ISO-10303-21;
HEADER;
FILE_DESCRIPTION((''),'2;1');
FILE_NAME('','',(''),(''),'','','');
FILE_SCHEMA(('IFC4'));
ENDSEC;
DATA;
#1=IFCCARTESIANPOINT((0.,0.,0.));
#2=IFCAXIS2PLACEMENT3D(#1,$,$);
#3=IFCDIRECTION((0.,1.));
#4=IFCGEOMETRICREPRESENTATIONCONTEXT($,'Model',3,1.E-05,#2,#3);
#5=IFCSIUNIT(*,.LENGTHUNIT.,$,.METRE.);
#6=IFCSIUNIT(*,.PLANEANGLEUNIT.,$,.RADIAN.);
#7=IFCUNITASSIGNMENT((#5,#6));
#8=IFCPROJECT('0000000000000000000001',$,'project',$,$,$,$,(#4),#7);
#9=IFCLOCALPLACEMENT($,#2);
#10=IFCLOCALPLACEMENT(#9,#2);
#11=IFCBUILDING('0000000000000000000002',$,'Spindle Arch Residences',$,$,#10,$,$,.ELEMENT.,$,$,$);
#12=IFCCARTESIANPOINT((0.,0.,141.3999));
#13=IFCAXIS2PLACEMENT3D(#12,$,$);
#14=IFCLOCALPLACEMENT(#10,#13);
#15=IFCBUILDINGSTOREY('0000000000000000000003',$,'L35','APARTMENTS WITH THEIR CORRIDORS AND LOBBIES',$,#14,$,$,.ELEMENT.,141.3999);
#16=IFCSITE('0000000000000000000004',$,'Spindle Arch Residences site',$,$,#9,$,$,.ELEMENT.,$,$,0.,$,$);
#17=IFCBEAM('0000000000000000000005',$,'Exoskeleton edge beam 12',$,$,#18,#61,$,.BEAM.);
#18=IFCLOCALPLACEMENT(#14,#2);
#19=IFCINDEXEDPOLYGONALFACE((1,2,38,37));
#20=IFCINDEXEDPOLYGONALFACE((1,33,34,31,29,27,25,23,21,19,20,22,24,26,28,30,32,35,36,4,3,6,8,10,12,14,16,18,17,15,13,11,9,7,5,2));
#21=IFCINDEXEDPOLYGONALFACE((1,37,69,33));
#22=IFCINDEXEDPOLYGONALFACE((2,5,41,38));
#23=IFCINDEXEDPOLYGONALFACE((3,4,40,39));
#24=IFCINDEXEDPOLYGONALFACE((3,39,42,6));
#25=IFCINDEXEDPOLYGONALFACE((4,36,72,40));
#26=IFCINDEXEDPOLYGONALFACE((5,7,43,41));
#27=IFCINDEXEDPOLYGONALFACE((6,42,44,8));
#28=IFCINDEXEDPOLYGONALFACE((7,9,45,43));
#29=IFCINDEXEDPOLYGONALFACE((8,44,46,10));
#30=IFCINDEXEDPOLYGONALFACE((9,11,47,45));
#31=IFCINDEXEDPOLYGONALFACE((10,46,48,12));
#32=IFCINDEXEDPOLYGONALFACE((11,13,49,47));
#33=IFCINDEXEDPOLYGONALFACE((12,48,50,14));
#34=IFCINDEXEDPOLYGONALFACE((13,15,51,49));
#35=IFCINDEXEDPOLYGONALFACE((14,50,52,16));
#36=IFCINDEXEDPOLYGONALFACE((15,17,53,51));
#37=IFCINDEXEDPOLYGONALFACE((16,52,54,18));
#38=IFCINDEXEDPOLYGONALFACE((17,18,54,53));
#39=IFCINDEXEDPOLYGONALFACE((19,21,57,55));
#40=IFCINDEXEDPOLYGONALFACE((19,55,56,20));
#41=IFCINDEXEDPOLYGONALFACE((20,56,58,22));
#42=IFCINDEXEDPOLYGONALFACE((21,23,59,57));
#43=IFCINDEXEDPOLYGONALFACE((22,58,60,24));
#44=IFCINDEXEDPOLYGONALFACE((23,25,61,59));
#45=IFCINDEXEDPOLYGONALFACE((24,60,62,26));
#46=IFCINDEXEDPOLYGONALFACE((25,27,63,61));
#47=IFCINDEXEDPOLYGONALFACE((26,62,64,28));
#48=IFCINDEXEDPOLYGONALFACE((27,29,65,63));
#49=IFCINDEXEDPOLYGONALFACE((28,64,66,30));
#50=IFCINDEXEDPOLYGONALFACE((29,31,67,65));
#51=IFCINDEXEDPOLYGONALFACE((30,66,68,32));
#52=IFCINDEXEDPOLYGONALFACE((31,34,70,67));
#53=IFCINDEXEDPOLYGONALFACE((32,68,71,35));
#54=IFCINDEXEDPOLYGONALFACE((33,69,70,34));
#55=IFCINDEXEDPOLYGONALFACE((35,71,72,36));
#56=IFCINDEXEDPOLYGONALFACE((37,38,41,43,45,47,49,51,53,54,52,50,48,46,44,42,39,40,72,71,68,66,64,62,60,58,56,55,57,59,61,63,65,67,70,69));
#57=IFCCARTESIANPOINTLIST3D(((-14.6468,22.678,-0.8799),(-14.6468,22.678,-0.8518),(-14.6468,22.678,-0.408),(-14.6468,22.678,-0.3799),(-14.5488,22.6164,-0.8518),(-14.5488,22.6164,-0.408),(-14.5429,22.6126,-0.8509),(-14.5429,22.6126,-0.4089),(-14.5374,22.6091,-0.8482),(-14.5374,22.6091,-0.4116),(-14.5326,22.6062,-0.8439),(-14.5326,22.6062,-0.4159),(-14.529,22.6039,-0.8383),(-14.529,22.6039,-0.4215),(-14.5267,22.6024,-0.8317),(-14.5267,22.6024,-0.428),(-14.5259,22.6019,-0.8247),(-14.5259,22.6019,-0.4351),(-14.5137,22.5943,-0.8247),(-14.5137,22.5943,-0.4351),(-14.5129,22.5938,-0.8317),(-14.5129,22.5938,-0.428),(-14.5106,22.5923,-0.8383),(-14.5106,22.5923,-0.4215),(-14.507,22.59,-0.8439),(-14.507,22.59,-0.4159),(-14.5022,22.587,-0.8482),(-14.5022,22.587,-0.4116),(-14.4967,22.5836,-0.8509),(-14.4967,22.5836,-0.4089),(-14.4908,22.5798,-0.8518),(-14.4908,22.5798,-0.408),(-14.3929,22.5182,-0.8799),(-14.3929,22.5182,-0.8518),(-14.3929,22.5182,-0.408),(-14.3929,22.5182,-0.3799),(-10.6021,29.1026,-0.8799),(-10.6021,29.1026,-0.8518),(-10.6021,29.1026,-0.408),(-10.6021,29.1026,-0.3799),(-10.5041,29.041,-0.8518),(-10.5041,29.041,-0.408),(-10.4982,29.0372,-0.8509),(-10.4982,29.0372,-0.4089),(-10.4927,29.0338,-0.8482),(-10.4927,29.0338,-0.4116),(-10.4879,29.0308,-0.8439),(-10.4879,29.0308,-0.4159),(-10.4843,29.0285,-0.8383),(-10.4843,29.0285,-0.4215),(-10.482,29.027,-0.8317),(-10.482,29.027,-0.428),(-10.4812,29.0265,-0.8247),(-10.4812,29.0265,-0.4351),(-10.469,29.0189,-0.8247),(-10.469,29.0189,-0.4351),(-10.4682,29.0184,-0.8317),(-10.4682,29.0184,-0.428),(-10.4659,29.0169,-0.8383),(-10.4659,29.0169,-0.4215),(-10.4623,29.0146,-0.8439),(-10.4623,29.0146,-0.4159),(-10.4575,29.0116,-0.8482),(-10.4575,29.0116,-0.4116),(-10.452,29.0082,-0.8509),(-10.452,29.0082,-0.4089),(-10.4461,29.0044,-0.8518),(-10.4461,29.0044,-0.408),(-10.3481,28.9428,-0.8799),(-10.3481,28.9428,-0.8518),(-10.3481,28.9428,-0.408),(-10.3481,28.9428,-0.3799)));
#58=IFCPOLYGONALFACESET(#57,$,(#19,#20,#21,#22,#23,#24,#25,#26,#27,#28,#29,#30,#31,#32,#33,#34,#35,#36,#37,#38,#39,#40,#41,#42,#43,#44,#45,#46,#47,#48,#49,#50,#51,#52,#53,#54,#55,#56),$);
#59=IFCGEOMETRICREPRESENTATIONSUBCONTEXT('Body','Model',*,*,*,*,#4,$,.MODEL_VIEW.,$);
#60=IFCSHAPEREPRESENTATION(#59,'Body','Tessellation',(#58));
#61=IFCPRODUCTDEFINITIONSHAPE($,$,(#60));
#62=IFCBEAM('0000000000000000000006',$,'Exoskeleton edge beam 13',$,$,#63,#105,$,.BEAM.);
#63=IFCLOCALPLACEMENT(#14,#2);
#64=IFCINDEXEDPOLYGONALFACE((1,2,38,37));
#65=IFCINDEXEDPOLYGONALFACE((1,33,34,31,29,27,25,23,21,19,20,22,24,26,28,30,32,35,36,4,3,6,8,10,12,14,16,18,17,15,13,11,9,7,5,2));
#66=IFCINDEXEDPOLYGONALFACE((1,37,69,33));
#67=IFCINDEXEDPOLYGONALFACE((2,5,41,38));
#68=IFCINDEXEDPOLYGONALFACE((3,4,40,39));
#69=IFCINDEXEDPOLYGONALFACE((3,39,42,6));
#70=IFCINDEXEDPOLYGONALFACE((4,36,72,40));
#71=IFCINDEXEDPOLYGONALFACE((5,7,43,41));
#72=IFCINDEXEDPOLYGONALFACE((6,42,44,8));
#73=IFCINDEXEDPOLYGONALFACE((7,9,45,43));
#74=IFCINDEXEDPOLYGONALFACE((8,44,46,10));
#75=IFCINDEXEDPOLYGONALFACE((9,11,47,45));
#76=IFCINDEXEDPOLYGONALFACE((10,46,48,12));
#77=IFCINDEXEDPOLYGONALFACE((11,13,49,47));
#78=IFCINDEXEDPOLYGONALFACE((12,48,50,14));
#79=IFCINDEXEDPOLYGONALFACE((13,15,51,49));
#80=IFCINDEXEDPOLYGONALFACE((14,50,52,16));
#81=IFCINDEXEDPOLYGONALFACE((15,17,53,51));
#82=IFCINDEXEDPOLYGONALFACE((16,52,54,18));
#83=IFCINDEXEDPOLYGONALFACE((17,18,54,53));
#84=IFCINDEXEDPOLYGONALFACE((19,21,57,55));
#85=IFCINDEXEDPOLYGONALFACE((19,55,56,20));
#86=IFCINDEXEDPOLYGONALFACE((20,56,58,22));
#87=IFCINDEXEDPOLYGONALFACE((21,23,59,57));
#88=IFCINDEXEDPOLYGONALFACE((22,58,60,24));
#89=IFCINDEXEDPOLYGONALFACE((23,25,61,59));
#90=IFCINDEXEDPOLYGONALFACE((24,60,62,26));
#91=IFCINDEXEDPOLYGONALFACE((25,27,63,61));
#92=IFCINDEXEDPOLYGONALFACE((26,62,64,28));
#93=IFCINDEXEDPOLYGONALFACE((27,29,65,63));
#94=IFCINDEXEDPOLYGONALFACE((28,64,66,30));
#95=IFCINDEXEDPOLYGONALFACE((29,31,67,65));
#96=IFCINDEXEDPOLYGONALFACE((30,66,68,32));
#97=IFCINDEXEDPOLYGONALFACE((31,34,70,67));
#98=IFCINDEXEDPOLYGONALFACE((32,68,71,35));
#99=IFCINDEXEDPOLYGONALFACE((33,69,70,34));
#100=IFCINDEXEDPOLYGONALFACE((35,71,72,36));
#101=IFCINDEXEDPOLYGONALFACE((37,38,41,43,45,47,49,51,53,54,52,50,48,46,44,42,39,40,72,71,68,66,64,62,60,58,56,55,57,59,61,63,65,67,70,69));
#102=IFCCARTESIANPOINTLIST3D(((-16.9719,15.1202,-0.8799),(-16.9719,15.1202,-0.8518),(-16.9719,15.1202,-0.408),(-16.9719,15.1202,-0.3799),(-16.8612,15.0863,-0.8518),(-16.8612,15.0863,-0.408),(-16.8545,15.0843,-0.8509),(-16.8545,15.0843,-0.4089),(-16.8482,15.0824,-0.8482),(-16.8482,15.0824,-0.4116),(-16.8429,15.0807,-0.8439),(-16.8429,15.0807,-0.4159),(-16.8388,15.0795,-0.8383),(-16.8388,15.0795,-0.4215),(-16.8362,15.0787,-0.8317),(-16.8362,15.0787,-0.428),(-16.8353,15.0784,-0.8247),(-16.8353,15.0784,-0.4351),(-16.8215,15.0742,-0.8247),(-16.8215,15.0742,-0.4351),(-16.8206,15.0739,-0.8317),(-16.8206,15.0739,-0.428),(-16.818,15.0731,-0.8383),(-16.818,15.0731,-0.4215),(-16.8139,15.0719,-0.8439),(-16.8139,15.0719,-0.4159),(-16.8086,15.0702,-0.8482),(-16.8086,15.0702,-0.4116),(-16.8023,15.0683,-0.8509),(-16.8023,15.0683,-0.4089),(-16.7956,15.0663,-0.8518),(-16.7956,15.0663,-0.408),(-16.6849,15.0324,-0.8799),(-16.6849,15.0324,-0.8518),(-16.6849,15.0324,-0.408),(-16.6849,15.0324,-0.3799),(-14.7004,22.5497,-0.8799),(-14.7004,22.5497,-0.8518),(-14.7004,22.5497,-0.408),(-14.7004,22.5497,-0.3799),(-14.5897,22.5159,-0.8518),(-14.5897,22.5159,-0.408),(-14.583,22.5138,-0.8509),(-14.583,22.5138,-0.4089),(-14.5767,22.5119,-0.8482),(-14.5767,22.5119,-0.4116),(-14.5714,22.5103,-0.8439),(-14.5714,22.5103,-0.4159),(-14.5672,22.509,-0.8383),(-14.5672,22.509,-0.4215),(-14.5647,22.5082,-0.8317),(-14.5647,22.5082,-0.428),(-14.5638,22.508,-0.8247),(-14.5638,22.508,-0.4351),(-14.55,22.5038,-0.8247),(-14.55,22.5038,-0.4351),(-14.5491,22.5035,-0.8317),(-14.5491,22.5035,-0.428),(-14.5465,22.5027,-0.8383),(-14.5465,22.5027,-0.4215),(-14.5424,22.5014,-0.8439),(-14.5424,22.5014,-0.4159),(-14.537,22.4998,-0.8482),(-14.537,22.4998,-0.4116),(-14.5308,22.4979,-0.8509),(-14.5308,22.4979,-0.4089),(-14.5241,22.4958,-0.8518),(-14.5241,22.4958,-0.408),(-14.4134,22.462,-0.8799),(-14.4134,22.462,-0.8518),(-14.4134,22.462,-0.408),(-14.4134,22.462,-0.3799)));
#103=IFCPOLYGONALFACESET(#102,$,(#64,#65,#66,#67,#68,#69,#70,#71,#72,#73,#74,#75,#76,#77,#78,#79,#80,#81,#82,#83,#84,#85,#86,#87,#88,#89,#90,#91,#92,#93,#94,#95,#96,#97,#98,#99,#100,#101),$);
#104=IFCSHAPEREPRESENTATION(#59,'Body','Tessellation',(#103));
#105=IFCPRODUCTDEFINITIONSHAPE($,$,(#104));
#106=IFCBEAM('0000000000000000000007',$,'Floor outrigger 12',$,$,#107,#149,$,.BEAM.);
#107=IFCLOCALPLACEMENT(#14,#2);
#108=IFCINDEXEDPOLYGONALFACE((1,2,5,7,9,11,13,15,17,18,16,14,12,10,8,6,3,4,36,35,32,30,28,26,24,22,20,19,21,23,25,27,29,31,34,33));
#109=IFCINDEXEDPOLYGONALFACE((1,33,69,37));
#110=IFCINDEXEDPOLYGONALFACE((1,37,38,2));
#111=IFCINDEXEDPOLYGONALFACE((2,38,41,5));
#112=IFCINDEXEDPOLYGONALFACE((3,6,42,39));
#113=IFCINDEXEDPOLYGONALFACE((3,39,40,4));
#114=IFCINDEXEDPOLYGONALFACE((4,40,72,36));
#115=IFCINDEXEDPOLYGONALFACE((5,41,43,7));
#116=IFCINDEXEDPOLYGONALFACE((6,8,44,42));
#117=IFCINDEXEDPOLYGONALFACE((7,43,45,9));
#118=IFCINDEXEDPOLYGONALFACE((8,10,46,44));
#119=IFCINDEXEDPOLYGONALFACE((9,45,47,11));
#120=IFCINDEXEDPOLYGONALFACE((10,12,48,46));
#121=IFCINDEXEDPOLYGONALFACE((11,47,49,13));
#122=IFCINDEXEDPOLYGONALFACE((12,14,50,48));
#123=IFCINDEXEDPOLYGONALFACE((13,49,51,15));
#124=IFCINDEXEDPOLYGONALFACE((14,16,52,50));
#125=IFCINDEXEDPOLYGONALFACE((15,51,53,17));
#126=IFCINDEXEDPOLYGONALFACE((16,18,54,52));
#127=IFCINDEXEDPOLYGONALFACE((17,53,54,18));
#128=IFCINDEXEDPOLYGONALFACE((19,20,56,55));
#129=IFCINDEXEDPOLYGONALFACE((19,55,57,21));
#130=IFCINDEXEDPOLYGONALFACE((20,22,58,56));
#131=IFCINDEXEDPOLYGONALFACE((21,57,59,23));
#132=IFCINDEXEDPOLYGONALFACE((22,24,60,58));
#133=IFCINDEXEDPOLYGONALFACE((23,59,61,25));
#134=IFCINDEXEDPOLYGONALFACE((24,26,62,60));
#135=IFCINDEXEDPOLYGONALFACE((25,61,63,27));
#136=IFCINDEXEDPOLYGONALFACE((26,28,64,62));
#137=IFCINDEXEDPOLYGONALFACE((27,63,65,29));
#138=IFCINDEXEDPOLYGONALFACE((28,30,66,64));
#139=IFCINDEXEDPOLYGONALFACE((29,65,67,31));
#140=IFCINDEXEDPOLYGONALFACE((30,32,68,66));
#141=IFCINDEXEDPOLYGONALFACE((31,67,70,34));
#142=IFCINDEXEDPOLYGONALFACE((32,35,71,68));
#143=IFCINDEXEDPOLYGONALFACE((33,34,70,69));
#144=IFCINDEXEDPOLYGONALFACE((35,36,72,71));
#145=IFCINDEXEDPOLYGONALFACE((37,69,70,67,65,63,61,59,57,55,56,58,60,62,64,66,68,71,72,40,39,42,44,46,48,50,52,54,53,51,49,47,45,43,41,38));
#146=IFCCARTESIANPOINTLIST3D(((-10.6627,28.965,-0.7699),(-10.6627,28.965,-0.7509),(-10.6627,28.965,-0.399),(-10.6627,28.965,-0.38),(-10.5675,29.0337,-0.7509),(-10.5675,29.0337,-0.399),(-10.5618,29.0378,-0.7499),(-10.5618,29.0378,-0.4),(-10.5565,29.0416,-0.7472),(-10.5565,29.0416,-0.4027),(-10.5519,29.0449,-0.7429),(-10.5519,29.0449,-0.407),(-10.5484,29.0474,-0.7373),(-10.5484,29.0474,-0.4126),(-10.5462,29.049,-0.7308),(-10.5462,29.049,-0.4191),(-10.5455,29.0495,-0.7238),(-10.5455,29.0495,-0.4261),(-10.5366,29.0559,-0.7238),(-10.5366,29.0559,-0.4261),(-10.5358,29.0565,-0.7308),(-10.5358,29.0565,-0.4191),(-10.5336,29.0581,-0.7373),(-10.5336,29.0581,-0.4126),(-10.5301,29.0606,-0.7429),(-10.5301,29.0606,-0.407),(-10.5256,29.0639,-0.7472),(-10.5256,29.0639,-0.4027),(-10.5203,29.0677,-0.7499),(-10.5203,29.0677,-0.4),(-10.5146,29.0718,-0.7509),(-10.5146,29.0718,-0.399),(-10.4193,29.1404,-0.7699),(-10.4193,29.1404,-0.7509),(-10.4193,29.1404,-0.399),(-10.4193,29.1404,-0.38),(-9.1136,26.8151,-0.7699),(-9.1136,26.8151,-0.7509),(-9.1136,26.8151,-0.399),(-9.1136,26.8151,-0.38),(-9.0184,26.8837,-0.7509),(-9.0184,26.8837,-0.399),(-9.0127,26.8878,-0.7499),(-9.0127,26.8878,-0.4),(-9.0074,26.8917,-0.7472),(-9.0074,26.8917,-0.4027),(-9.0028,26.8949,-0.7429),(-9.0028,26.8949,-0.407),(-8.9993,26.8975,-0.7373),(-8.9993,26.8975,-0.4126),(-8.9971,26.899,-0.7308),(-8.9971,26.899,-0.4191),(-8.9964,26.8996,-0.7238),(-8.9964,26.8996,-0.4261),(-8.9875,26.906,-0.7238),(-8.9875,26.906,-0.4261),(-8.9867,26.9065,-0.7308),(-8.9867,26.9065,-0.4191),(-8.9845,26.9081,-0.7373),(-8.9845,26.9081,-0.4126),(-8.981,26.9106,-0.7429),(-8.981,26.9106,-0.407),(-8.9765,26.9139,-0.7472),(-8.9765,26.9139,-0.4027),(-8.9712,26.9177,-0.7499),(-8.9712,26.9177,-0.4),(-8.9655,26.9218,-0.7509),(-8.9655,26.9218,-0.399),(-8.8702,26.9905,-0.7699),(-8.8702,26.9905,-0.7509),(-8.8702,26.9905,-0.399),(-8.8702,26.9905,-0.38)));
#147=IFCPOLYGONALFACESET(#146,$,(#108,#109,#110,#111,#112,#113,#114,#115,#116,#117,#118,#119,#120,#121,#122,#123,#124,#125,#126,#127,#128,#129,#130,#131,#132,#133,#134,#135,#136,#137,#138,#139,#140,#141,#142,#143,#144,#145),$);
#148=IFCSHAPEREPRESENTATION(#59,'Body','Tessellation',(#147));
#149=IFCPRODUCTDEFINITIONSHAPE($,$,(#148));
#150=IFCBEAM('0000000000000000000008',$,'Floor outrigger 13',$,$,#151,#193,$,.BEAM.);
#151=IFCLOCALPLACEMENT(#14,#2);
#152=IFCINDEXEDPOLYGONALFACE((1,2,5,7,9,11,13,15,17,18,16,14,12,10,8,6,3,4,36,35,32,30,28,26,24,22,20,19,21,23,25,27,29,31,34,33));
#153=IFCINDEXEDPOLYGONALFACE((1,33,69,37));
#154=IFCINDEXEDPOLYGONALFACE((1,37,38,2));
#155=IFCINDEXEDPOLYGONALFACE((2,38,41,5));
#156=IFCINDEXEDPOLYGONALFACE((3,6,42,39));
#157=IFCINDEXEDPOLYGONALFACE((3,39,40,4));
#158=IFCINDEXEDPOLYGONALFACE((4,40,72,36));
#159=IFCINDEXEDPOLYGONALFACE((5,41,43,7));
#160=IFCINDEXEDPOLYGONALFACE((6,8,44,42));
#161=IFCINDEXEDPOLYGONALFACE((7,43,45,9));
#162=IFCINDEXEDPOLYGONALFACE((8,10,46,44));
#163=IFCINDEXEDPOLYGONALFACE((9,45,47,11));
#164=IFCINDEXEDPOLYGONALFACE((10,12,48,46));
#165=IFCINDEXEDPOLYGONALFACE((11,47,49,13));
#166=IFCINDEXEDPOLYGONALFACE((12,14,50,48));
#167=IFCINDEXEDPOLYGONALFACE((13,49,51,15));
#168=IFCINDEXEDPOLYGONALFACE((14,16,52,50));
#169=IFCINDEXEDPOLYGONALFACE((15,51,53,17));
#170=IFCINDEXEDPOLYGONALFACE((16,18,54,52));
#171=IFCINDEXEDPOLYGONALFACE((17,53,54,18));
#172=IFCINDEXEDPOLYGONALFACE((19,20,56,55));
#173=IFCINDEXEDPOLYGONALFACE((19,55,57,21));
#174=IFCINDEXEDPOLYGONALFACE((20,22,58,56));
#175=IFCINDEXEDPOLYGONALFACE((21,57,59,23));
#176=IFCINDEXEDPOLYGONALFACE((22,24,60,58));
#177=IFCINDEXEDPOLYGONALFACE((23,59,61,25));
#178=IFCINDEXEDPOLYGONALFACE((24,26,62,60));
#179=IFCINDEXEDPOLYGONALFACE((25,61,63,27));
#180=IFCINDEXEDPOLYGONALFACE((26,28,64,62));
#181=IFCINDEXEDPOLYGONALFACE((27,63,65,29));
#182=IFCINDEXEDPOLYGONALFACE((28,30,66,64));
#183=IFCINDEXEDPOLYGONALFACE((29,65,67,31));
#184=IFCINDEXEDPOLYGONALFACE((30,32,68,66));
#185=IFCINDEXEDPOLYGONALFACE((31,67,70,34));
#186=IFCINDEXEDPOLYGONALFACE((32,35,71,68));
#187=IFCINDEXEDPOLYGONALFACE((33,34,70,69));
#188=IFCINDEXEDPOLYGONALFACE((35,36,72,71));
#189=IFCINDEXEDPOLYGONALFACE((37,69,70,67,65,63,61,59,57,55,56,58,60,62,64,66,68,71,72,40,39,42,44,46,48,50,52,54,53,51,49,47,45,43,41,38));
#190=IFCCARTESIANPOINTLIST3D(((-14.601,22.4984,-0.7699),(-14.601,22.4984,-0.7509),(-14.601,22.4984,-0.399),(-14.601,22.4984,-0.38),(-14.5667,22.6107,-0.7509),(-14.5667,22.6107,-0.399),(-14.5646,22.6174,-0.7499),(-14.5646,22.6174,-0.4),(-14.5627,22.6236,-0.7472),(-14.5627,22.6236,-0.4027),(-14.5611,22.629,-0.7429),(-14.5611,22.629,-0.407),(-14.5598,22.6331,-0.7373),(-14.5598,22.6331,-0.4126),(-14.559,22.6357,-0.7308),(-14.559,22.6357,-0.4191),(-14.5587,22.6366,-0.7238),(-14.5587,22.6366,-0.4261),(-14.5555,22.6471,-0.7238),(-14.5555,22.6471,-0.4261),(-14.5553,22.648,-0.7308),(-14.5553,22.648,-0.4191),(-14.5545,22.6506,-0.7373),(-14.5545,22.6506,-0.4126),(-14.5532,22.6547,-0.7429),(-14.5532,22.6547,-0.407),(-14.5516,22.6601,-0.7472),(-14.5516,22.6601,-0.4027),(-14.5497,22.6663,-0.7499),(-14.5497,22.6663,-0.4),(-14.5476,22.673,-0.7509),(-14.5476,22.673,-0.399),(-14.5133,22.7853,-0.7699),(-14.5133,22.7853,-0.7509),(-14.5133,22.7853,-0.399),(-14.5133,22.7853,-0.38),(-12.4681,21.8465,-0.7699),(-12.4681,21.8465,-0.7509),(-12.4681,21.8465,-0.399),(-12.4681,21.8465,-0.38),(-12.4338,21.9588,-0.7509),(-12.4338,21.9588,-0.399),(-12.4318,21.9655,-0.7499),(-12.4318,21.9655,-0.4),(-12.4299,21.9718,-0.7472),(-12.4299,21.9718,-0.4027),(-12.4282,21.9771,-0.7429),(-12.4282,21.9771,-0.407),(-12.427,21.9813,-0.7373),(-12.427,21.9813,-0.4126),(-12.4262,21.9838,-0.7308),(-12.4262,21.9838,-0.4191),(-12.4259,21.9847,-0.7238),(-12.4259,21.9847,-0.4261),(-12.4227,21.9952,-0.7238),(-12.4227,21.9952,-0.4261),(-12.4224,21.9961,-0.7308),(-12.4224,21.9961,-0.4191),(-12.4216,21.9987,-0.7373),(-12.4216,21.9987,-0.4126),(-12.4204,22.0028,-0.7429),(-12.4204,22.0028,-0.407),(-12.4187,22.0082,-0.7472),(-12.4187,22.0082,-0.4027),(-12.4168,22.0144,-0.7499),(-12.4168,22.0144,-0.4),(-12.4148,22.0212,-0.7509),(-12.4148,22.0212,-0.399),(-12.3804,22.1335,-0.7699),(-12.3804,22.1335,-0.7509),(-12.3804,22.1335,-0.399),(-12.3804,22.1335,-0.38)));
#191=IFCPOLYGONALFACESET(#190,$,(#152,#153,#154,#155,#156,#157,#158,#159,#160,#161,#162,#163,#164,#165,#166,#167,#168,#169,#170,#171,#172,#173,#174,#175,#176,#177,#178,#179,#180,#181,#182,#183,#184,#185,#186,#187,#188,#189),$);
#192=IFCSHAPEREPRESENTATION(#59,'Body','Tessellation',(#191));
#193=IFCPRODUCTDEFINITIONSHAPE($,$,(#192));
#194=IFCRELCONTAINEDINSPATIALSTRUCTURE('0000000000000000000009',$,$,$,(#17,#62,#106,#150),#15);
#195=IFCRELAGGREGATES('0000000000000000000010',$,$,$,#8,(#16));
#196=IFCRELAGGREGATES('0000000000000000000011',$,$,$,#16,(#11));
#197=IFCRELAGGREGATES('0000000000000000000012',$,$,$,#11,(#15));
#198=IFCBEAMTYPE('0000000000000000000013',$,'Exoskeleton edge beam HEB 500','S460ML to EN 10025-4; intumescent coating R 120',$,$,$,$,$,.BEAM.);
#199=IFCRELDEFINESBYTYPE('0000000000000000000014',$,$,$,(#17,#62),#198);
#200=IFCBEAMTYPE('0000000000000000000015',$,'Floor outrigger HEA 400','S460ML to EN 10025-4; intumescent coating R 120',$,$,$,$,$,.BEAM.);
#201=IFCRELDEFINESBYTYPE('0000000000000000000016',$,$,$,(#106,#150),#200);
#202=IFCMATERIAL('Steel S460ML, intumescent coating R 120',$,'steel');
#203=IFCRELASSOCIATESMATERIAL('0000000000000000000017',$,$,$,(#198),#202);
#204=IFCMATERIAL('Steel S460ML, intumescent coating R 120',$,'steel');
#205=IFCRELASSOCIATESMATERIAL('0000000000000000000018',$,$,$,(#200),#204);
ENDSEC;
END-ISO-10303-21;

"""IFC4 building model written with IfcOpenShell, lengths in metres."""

from ifc_helpers import new_model, si_unit, direction, frame, origin, origin_2d, place, context, subcontext, project, spatial, i_section, extrude, material, material_profile, profile_set, type_object, element, save


model = new_model("IFC4")

# Units and contexts
model_context = context("Model", 3, precision=1e-05, world=origin(), true_north=direction((0.0, 1.0)))
body_context = subcontext(model_context, "Body", "Model", "MODEL_VIEW")
ifc_project = project(units=[si_unit("LENGTHUNIT", "METRE"), si_unit("PLANEANGLEUNIT", "RADIAN")], contexts=[model_context])

# Site, building, storey
site_placement = place(None, origin())
site = spatial("IfcSite", under=ifc_project, at=site_placement, Name="Spindle Arch Residences site", CompositionType="ELEMENT", RefElevation=0.0)
building_placement = place(site_placement, origin())
building = spatial("IfcBuilding", under=site, at=building_placement, Name="Spindle Arch Residences", CompositionType="ELEMENT")
storey_placement = place(building_placement, frame((0.0, 0.0, 141.3999)))
storey = spatial("IfcBuildingStorey", under=building, at=storey_placement, Name="L35", Description="APARTMENTS WITH THEIR CORRIDORS AND LOBBIES", CompositionType="ELEMENT", Elevation=141.3999)

# Beams
ifc_material_1 = material(Name="Steel S460ML, intumescent coating R 120", Category="steel")
ifc_material_profile_1 = material_profile(ifc_material_1, i_section(OverallWidth=0.3, OverallDepth=0.5, WebThickness=0.0144, FlangeThickness=0.0281, FilletRadius=0.0271, at=origin_2d()), Name="HEB 500")
ifc_profile_set_1 = profile_set([ifc_material_profile_1], Name="Steel S460ML, intumescent coating R 120")
beam_type_1 = type_object("IfcBeamType", Name="Exoskeleton edge beam HEB 500", Description="S460ML to EN 10025-4; intumescent coating R 120", PredefinedType="BEAM", material=ifc_profile_set_1)
beam_1_placement = place(storey_placement, frame((-10.4751, 29.0227, -0.6299), z_axis=(-0.532774, -0.846258, 0.0), x_axis=(0.846258, -0.532774, 0.0)))
element("IfcBeam", 1, at=beam_1_placement, inside=storey, type_object=beam_type_1, Name="Exoskeleton edge beam 12", PredefinedType="BEAM", context=body_context, shape_type="SweptSolid", body=[
    extrude(i_section(OverallWidth=0.3, OverallDepth=0.5, WebThickness=0.0144, FlangeThickness=0.0281, FilletRadius=0.0271, at=origin_2d()), origin(), (0.0, 0.0, 1.0), 7.5918),
])
beam_2_placement = place(storey_placement, frame((-14.5569, 22.5059, -0.6299), z_axis=(-0.292381, -0.956302, 0.0), x_axis=(0.956302, -0.292381, 0.0)))
element("IfcBeam", 2, at=beam_2_placement, inside=storey, type_object=beam_type_1, Name="Exoskeleton edge beam 13", PredefinedType="BEAM", context=body_context, shape_type="SweptSolid", body=[
    extrude(i_section(OverallWidth=0.3, OverallDepth=0.5, WebThickness=0.0144, FlangeThickness=0.0281, FilletRadius=0.0271, at=origin_2d()), origin(), (0.0, 0.0, 1.0), 7.769),
])
ifc_material_2 = material(Name="Steel S460ML, intumescent coating R 120", Category="steel")
ifc_material_profile_2 = material_profile(ifc_material_2, i_section(OverallWidth=0.3, OverallDepth=0.3899, WebThickness=0.011, FlangeThickness=0.019, FilletRadius=0.0271, at=origin_2d()), Name="HEA 400")
ifc_profile_set_2 = profile_set([ifc_material_profile_2], Name="Steel S460ML, intumescent coating R 120")
beam_type_2 = type_object("IfcBeamType", Name="Floor outrigger HEA 400", Description="S460ML to EN 10025-4; intumescent coating R 120", PredefinedType="BEAM", material=ifc_profile_set_2)
beam_3_placement = place(storey_placement, frame((-10.541, 29.0527, -0.575), z_axis=(0.584589, -0.81133, 0.0), x_axis=(0.81133, 0.584589, 0.0)))
element("IfcBeam", 3, at=beam_3_placement, inside=storey, type_object=beam_type_2, Name="Floor outrigger 12", PredefinedType="BEAM", context=body_context, shape_type="SweptSolid", body=[
    extrude(i_section(OverallWidth=0.3, OverallDepth=0.3899, WebThickness=0.011, FlangeThickness=0.019, FilletRadius=0.0271, at=origin_2d()), origin(), (0.0, 0.0, 1.0), 2.6499),
])
beam_4_placement = place(storey_placement, frame((-14.5571, 22.6418, -0.575), z_axis=(0.956331, -0.292285, 0.0), x_axis=(0.292285, 0.956331, 0.0)))
element("IfcBeam", 4, at=beam_4_placement, inside=storey, type_object=beam_type_2, Name="Floor outrigger 13", PredefinedType="BEAM", context=body_context, shape_type="SweptSolid", body=[
    extrude(i_section(OverallWidth=0.3, OverallDepth=0.3899, WebThickness=0.011, FlangeThickness=0.019, FilletRadius=0.0271, at=origin_2d()), origin(), (0.0, 0.0, 1.0), 2.2302),
])

save(model, "model.ifc")
